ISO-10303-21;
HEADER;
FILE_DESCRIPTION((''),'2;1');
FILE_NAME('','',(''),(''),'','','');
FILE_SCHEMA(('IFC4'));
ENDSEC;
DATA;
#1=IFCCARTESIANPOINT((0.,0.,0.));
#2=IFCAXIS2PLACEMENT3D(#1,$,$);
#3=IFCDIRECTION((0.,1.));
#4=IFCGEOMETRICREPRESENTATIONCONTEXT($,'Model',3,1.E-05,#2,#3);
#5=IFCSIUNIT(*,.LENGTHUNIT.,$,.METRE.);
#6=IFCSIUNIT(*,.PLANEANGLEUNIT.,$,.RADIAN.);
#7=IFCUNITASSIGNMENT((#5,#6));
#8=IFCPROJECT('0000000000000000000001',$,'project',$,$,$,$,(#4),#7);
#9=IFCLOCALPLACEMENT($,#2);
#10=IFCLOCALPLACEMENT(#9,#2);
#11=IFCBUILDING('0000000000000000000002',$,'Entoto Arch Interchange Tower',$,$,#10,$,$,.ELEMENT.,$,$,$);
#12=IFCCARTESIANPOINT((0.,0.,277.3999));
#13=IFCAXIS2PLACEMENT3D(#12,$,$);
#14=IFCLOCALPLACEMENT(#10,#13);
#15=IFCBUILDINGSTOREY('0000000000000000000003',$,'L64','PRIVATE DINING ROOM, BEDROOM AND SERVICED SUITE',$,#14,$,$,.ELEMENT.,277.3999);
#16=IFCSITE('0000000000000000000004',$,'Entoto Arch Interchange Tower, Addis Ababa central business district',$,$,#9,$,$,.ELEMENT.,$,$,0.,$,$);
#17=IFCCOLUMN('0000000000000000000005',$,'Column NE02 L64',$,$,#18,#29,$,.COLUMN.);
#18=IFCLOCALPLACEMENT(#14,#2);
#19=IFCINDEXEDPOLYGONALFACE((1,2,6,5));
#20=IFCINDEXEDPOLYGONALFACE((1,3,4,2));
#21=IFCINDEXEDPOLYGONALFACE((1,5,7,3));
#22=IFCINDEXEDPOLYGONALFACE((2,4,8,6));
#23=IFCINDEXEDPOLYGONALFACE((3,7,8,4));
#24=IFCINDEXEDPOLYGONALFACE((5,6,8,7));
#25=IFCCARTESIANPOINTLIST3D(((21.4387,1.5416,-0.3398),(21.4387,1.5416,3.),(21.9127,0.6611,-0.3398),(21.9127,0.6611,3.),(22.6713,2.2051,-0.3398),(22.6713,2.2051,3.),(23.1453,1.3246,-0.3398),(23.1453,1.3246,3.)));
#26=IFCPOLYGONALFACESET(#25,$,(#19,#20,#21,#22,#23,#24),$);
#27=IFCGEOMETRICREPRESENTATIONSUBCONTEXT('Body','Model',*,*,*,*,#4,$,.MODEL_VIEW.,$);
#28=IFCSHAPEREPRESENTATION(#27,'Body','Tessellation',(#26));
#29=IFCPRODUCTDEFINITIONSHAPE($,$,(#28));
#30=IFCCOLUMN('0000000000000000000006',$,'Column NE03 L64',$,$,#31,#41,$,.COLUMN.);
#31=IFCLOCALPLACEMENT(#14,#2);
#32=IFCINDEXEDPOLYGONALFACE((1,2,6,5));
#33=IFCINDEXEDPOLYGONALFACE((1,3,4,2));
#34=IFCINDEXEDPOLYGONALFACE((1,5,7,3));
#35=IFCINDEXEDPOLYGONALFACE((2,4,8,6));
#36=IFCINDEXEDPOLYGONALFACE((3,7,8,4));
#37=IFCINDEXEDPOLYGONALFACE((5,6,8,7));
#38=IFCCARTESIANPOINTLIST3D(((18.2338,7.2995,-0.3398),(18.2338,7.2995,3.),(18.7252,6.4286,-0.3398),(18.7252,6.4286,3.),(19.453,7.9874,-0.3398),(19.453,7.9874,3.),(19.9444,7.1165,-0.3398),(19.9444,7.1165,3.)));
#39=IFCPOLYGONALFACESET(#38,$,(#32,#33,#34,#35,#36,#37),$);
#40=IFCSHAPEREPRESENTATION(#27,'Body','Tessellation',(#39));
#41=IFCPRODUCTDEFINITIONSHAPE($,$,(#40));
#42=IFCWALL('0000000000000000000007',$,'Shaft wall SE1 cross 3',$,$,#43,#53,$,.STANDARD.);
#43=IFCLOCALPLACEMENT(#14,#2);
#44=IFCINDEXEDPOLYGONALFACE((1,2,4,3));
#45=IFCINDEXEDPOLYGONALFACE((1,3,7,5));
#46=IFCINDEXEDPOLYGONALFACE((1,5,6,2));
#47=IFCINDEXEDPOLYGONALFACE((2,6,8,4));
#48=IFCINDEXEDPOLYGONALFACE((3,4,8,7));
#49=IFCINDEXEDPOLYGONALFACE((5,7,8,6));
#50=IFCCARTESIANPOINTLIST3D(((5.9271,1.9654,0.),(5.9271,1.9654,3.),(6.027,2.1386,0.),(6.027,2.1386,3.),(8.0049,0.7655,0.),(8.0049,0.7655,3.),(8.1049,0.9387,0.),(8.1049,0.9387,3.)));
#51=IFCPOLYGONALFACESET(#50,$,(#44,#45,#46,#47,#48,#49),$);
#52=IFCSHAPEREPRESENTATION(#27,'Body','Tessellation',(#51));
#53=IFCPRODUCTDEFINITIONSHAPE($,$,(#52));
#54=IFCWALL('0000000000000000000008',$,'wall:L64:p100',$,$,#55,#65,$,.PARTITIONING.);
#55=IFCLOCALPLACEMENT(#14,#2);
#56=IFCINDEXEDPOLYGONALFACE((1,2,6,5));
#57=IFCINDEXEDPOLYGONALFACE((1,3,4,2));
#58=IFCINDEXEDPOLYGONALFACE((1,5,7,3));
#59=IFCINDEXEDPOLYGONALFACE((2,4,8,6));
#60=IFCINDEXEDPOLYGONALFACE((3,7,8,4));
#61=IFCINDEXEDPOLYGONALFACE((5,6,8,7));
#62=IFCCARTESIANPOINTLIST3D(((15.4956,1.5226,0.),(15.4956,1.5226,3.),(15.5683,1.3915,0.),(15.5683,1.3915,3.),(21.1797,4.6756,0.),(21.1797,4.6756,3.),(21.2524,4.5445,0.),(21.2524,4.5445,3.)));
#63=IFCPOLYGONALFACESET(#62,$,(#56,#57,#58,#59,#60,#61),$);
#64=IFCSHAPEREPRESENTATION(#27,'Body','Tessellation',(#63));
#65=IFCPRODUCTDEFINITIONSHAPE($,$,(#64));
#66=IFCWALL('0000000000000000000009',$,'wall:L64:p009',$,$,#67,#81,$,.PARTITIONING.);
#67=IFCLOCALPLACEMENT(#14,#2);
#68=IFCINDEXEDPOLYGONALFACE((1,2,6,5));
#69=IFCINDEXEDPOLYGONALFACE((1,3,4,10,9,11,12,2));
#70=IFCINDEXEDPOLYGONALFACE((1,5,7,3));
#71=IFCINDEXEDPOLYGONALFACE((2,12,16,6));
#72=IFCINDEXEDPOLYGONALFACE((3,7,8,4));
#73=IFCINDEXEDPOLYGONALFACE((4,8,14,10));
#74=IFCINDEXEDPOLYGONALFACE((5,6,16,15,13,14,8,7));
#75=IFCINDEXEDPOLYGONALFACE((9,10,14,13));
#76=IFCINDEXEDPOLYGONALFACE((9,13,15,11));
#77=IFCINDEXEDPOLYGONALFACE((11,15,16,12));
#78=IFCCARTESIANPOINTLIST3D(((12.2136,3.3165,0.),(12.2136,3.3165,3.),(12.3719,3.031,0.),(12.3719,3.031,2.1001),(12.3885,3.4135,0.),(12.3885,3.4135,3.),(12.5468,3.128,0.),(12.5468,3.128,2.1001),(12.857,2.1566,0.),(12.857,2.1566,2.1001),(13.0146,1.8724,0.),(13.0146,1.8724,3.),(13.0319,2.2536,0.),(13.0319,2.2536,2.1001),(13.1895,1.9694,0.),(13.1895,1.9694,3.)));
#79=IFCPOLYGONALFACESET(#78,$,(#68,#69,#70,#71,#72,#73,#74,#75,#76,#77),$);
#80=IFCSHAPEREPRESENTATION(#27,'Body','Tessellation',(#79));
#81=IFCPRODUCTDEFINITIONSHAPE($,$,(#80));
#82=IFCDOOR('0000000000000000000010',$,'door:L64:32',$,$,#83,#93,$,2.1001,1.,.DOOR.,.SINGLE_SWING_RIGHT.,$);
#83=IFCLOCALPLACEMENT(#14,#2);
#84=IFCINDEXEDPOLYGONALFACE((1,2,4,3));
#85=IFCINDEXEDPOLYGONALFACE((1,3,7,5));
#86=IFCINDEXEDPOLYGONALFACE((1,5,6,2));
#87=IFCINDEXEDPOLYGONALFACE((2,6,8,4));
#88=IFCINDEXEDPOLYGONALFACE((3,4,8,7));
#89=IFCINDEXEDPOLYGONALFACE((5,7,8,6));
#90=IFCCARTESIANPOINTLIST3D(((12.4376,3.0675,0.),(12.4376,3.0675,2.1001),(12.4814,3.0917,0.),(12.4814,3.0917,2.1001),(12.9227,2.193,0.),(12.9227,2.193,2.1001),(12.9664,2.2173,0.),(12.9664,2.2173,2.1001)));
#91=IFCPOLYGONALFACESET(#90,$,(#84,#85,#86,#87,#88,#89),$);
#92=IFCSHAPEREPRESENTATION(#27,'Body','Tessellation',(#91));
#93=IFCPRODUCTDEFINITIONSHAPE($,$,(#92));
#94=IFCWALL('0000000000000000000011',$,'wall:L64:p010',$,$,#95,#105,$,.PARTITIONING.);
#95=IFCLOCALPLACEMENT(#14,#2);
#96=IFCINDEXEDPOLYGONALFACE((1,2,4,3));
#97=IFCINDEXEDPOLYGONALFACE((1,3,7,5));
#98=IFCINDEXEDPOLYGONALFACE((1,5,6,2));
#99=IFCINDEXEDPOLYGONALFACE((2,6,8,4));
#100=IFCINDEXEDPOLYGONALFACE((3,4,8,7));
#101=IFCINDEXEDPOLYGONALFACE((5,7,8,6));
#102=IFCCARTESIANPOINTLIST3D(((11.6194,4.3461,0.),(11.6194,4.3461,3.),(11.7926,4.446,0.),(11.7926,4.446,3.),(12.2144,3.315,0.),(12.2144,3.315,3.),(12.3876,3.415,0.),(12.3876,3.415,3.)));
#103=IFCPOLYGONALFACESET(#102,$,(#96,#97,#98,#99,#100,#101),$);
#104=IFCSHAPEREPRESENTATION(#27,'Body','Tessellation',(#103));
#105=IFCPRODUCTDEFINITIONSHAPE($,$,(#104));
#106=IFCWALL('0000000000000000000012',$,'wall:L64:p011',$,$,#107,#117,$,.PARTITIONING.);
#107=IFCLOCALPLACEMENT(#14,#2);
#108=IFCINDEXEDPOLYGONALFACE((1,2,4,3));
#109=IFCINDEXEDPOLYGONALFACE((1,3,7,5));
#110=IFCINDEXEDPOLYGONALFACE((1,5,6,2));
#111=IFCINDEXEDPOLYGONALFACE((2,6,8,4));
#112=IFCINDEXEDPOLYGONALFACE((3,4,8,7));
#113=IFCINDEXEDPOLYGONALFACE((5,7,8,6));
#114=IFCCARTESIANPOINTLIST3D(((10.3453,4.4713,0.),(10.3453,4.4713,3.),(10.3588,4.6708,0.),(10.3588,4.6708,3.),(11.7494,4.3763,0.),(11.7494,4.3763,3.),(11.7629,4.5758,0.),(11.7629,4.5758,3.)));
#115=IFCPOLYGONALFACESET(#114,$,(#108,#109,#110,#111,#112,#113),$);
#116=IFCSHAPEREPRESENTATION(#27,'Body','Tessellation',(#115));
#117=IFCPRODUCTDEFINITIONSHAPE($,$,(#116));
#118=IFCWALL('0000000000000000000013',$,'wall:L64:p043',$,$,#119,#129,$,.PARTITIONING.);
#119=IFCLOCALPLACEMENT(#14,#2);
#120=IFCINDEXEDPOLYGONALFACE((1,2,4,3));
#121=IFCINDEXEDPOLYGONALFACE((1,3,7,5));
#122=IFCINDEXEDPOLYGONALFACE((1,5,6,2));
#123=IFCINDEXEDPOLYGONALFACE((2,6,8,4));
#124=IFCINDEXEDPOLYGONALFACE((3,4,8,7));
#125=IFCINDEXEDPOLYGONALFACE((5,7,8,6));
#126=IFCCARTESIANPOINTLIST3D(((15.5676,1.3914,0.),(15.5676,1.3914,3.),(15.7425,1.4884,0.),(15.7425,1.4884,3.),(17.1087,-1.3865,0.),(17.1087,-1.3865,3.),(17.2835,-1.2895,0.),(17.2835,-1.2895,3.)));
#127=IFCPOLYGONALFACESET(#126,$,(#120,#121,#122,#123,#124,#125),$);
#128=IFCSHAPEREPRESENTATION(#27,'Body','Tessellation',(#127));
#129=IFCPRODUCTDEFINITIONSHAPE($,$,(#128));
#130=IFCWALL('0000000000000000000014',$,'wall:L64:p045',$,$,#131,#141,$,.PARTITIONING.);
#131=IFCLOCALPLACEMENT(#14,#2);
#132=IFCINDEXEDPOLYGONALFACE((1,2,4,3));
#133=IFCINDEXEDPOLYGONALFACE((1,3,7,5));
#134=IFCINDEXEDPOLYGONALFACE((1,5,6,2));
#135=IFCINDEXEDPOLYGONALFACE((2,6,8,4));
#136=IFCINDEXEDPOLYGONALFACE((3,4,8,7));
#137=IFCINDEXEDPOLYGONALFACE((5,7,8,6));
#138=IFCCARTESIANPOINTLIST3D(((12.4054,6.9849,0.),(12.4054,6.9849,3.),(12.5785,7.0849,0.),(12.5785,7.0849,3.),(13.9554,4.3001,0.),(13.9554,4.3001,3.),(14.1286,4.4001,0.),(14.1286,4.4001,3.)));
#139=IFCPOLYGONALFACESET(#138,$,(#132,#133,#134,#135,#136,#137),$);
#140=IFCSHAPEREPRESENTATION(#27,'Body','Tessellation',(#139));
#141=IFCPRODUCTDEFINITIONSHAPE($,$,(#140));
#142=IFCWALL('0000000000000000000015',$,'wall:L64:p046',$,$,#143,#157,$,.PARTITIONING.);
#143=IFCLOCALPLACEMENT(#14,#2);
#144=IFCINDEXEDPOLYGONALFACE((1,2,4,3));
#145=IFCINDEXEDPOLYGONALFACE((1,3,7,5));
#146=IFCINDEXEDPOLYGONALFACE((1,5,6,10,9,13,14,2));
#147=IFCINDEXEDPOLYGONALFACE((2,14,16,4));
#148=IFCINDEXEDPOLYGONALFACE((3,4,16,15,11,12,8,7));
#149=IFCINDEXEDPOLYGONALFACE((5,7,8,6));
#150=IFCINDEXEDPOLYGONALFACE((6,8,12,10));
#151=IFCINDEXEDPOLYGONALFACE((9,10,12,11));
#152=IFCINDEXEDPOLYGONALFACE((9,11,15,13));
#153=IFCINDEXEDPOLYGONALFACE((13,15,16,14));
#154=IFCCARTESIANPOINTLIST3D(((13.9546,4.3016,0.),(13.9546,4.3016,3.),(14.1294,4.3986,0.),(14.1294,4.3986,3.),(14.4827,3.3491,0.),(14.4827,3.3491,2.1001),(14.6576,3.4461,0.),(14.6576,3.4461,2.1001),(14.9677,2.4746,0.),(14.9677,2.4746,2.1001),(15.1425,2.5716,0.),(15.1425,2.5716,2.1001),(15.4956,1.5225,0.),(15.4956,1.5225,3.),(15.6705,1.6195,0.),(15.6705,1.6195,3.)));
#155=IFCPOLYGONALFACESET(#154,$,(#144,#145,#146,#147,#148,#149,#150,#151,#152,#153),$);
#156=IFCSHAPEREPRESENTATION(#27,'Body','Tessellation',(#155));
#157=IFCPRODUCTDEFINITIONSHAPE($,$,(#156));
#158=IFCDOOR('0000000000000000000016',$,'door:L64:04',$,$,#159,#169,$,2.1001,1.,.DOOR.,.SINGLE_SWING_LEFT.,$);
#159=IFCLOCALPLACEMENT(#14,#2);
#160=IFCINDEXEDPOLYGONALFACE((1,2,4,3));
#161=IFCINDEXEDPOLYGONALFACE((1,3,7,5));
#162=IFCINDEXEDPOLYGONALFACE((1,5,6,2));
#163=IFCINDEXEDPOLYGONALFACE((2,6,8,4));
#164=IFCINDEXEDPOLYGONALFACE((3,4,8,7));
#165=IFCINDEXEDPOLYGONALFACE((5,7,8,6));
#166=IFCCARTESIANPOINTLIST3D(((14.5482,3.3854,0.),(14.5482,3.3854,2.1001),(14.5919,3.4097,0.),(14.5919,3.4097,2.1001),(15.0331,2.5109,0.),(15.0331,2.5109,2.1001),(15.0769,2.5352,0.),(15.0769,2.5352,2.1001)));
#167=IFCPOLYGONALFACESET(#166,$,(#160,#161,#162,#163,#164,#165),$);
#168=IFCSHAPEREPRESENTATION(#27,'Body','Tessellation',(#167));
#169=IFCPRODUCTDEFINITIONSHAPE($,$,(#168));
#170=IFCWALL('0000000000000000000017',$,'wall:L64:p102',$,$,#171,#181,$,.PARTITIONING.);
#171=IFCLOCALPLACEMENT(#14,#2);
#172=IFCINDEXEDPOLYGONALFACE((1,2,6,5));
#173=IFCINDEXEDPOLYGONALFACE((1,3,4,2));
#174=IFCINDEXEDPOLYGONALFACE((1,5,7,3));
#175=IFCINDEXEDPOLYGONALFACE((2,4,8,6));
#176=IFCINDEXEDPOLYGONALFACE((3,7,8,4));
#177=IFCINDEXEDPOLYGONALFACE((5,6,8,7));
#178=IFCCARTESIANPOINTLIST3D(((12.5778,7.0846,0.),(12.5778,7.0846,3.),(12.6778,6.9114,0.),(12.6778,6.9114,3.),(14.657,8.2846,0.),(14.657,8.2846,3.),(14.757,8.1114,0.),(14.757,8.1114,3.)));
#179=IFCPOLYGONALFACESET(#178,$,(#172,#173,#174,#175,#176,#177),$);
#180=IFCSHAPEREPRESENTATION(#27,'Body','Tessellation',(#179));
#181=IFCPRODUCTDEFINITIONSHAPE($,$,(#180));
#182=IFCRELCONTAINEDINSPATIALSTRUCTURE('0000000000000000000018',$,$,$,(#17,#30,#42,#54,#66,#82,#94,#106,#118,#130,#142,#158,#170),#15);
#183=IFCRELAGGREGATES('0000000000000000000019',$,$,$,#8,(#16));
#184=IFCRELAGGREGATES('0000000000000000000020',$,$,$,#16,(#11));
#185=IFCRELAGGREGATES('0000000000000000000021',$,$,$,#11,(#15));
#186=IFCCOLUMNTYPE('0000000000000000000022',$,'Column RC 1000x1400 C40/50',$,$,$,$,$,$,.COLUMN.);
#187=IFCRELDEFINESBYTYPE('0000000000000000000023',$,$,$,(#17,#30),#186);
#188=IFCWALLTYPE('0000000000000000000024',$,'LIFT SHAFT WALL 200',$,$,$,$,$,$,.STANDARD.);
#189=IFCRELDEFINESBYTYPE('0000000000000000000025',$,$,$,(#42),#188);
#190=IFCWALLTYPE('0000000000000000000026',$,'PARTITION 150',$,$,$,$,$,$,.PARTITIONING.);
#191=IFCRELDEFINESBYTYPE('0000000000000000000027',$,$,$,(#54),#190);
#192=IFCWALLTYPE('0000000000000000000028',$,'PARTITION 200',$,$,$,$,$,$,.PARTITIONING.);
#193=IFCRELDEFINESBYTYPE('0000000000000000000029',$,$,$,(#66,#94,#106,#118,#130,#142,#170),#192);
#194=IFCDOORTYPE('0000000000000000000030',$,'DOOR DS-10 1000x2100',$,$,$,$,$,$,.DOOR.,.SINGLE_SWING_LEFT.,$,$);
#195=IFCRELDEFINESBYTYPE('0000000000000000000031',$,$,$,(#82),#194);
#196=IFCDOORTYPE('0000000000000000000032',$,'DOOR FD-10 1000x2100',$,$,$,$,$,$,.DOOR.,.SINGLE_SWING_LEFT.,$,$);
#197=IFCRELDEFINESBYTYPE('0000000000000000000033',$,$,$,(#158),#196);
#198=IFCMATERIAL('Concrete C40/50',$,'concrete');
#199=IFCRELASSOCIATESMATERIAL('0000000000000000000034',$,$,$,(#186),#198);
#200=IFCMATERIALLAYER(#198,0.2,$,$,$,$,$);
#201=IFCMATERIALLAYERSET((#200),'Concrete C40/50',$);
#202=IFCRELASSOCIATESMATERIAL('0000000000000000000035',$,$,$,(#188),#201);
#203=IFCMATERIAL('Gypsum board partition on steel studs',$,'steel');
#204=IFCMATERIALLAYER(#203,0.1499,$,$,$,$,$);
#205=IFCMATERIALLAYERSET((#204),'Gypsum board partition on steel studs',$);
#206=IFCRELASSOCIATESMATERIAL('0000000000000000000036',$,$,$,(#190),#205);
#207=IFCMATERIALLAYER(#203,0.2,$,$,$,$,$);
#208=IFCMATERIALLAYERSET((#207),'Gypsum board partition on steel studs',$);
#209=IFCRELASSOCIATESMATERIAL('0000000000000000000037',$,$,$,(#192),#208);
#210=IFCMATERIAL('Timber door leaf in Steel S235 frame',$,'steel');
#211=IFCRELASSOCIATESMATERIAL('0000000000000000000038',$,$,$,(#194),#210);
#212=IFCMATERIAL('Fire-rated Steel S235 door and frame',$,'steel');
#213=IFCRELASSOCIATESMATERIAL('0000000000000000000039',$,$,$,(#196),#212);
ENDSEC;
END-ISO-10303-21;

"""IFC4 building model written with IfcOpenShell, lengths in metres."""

from ifc_helpers import new_model, si_unit, direction, frame, frame_2d, origin, origin_2d, place, context, subcontext, project, spatial, rectangle, extrude, material, layer, layer_set, material_profile, profile_set, type_object, element, fill, save


model = new_model("IFC4")

# Units and contexts
model_context = context("Model", 3, precision=1e-05, world=origin(), true_north=direction((0.0, 1.0)))
body_context = subcontext(model_context, "Body", "Model", "MODEL_VIEW")
ifc_project = project(units=[si_unit("LENGTHUNIT", "METRE"), si_unit("PLANEANGLEUNIT", "RADIAN")], contexts=[model_context])

# Site, building, storey
site_placement = place(None, origin())
site = spatial("IfcSite", under=ifc_project, at=site_placement, Name="Entoto Arch Interchange Tower, Addis Ababa central business district", CompositionType="ELEMENT", RefElevation=0.0)
building_placement = place(site_placement, origin())
building = spatial("IfcBuilding", under=site, at=building_placement, Name="Entoto Arch Interchange Tower", CompositionType="ELEMENT")
storey_placement = place(building_placement, frame((0.0, 0.0, 277.3999)))
storey = spatial("IfcBuildingStorey", under=building, at=storey_placement, Name="L64", Description="PRIVATE DINING ROOM, BEDROOM AND SERVICED SUITE", CompositionType="ELEMENT", Elevation=277.3999)

# Columns
ifc_material_1 = material(Name="Concrete C40/50", Category="concrete")
ifc_material_profile = material_profile(ifc_material_1, rectangle(XDim=1.0, YDim=1.3999, at=origin_2d()))
ifc_profile_set = profile_set([ifc_material_profile], Name="Concrete C40/50")
column_type = type_object("IfcColumnType", Name="Column RC 1000x1400 C40/50", PredefinedType="COLUMN", material=ifc_profile_set)
for number, where, z_axis, x_axis, name in (
    (1, (22.292, 1.4331, -0.3398), (0.0, 0.0, 1.0), (-0.473981, 0.880535, 0.0), "Column NE02 L64"),
    (2, (19.0891, 7.208, -0.3398), (0.0, 0.0, 1.0), (-0.491375, 0.870948, 0.0), "Column NE03 L64"),
):
    element("IfcColumn", number, at=place(storey_placement, frame(where, z_axis=z_axis, x_axis=x_axis)), inside=storey, type_object=column_type, Name=name, PredefinedType="COLUMN", context=body_context, shape_type="SweptSolid", body=[
        extrude(rectangle(XDim=1.0, YDim=1.3999, at=origin_2d()), origin(), (0.0, 0.0, 1.0), 3.3398),
    ])

# Walls
ifc_layer_1 = layer(ifc_material_1, 0.2)
ifc_layer_set_1 = layer_set([ifc_layer_1], Name="Concrete C40/50")
wall_type_1 = type_object("IfcWallType", Name="LIFT SHAFT WALL 200", PredefinedType="STANDARD", material=ifc_layer_set_1)
wall_1_placement = place(storey_placement, frame((5.9771, 2.052, 0.0), z_axis=(0.0, 0.0, 1.0), x_axis=(0.865974, -0.500089, 0.0)))
element("IfcWall", 3, at=wall_1_placement, inside=storey, type_object=wall_type_1, Name="Shaft wall SE1 cross 3", PredefinedType="STANDARD", context=body_context, shape_type="SweptSolid", body=[
    extrude(rectangle(XDim=2.3994, YDim=0.2, at=frame_2d((1.1997, 0.0))), origin(), (0.0, 0.0, 1.0), 3.0),
])
ifc_material_2 = material(Name="Gypsum board partition on steel studs", Category="steel")
ifc_layer_2 = layer(ifc_material_2, 0.1499)
ifc_layer_set_2 = layer_set([ifc_layer_2], Name="Gypsum board partition on steel studs")
wall_type_2 = type_object("IfcWallType", Name="PARTITION 150", PredefinedType="PARTITIONING", material=ifc_layer_set_2)
wall_2_placement = place(storey_placement, frame((15.532, 1.457, 0.0), z_axis=(0.0, 0.0, 1.0), x_axis=(0.874467, 0.485085, 0.0)))
element("IfcWall", 4, at=wall_2_placement, inside=storey, type_object=wall_type_2, Name="wall:L64:p100", PredefinedType="PARTITIONING", context=body_context, shape_type="SweptSolid", body=[
    extrude(rectangle(XDim=6.5, YDim=0.1499, at=frame_2d((3.25, 0.0))), origin(), (0.0, 0.0, 1.0), 3.0),
])

# Wall, opening, door
ifc_layer_3 = layer(ifc_material_2, 0.2)
ifc_layer_set_3 = layer_set([ifc_layer_3], Name="Gypsum board partition on steel studs")
wall_type_3 = type_object("IfcWallType", Name="PARTITION 200", PredefinedType="PARTITIONING", material=ifc_layer_set_3)
wall_3_placement = place(storey_placement, frame((13.1021, 1.9209, 0.0), z_axis=(0.0, 0.0, 1.0), x_axis=(-0.485065, 0.874478, 0.0)))
wall_3 = element("IfcWall", 5, at=wall_3_placement, inside=storey, type_object=wall_type_3, Name="wall:L64:p009", PredefinedType="PARTITIONING", context=body_context, shape_type="SweptSolid", body=[
    extrude(rectangle(XDim=1.6514, YDim=0.2, at=frame_2d((0.8257, 0.0))), origin(), (0.0, 0.0, 1.0), 3.0),
])
opening_1_placement = place(wall_3_placement, frame((0.325, 0.0, 0.0)))
opening_1 = element("IfcOpeningElement", 6, at=opening_1_placement, cuts=wall_3, PredefinedType="OPENING", context=body_context, shape_type="SweptSolid", body=[
    extrude(rectangle(XDim=1.0, YDim=2.1001, at=frame_2d((0.5, 1.05))), frame((0.0, 0.1099, 0.0), z_axis=(0.0, -1.0, 0.0), x_axis=(1.0, 0.0, 0.0)), (0.0, 0.0, 1.0), 0.22),
])
ifc_material_3 = material(Name="Timber door leaf in Steel S235 frame", Category="steel")
door_type_1 = type_object("IfcDoorType", Name="DOOR DS-10 1000x2100", OperationType="SINGLE_SWING_LEFT", PredefinedType="DOOR", material=ifc_material_3)
door_1_placement = place(opening_1_placement, origin())
door_1 = element("IfcDoor", 7, at=door_1_placement, inside=storey, type_object=door_type_1, Name="door:L64:32", OperationType="SINGLE_SWING_RIGHT", OverallHeight=2.1001, OverallWidth=1.0, PredefinedType="DOOR", context=body_context, shape_type="SweptSolid", body=[
    extrude(rectangle(XDim=1.0, YDim=2.1001, at=frame_2d((0.5, 1.05))), frame((0.0, 0.0249, 0.0), z_axis=(0.0, -1.0, 0.0), x_axis=(1.0, 0.0, 0.0)), (0.0, 0.0, 1.0), 0.05),
])
fill(opening_1, door_1)

# Walls
wall_4_placement = place(storey_placement, frame((12.301, 3.365, 0.0), z_axis=(0.0, 0.0, 1.0), x_axis=(-0.499823, 0.866128, 0.0)))
element("IfcWall", 8, at=wall_4_placement, inside=storey, type_object=wall_type_3, Name="wall:L64:p010", PredefinedType="PARTITIONING", context=body_context, shape_type="SweptSolid", body=[
    extrude(rectangle(XDim=1.1904, YDim=0.2, at=frame_2d((0.5952, 0.0))), origin(), (0.0, 0.0, 1.0), 3.0),
])
wall_5_placement = place(storey_placement, frame((11.7561, 4.4761, 0.0), z_axis=(0.0, 0.0, 1.0), x_axis=(-0.99772, 0.067486, 0.0)))
element("IfcWall", 9, at=wall_5_placement, inside=storey, type_object=wall_type_3, Name="wall:L64:p011", PredefinedType="PARTITIONING", context=body_context, shape_type="SweptSolid", body=[
    extrude(rectangle(XDim=1.4072, YDim=0.2, at=frame_2d((0.7036, 0.0))), origin(), (0.0, 0.0, 1.0), 3.0),
])
wall_6_placement = place(storey_placement, frame((15.655, 1.4399, 0.0), z_axis=(0.0, 0.0, 1.0), x_axis=(0.485108, -0.874454, 0.0)))
element("IfcWall", 10, at=wall_6_placement, inside=storey, type_object=wall_type_3, Name="wall:L64:p043", PredefinedType="PARTITIONING", context=body_context, shape_type="SweptSolid", body=[
    extrude(rectangle(XDim=3.1768, YDim=0.2, at=frame_2d((1.5884, 0.0))), origin(), (0.0, 0.0, 1.0), 3.0),
])
wall_7_placement = place(storey_placement, frame((12.4919, 7.0349, 0.0), z_axis=(0.0, 0.0, 1.0), x_axis=(0.499993, -0.86603, 0.0)))
element("IfcWall", 11, at=wall_7_placement, inside=storey, type_object=wall_type_3, Name="wall:L64:p045", PredefinedType="PARTITIONING", context=body_context, shape_type="SweptSolid", body=[
    extrude(rectangle(XDim=3.1001, YDim=0.2, at=frame_2d((1.55, 0.0))), origin(), (0.0, 0.0, 1.0), 3.0),
])

# Wall, opening, door
wall_8_placement = place(storey_placement, frame((14.042, 4.3501, 0.0), z_axis=(0.0, 0.0, 1.0), x_axis=(0.484945, -0.874545, 0.0)))
wall_8 = element("IfcWall", 12, at=wall_8_placement, inside=storey, type_object=wall_type_3, Name="wall:L64:p046", PredefinedType="PARTITIONING", context=body_context, shape_type="SweptSolid", body=[
    extrude(rectangle(XDim=3.1777, YDim=0.2, at=frame_2d((1.5889, 0.0))), origin(), (0.0, 0.0, 1.0), 3.0),
])
opening_2_placement = place(wall_8_placement, frame((1.0891, 0.0, 0.0)))
opening_2 = element("IfcOpeningElement", 13, at=opening_2_placement, cuts=wall_8, PredefinedType="OPENING", context=body_context, shape_type="SweptSolid", body=[
    extrude(rectangle(XDim=1.0, YDim=2.1001, at=frame_2d((0.5, 1.05))), frame((0.0, 0.1099, 0.0), z_axis=(0.0, -1.0, 0.0), x_axis=(1.0, 0.0, 0.0)), (0.0, 0.0, 1.0), 0.22),
])
ifc_material_4 = material(Name="Fire-rated Steel S235 door and frame", Category="steel")
door_type_2 = type_object("IfcDoorType", Name="DOOR FD-10 1000x2100", OperationType="SINGLE_SWING_LEFT", PredefinedType="DOOR", material=ifc_material_4)
door_2_placement = place(opening_2_placement, origin())
door_2 = element("IfcDoor", 14, at=door_2_placement, inside=storey, type_object=door_type_2, Name="door:L64:04", OperationType="SINGLE_SWING_LEFT", OverallHeight=2.1001, OverallWidth=1.0, PredefinedType="DOOR", context=body_context, shape_type="SweptSolid", body=[
    extrude(rectangle(XDim=1.0, YDim=2.1001, at=frame_2d((0.5, 1.05))), frame((0.0, 0.0249, 0.0), z_axis=(0.0, -1.0, 0.0), x_axis=(1.0, 0.0, 0.0)), (0.0, 0.0, 1.0), 0.05),
])
fill(opening_2, door_2)

# Wall
wall_9_placement = place(storey_placement, frame((12.6279, 6.998, 0.0), z_axis=(0.0, 0.0, 1.0), x_axis=(0.866101, 0.499869, 0.0)))
element("IfcWall", 15, at=wall_9_placement, inside=storey, type_object=wall_type_3, Name="wall:L64:p102", PredefinedType="PARTITIONING", context=body_context, shape_type="SweptSolid", body=[
    extrude(rectangle(XDim=2.4006, YDim=0.2, at=frame_2d((1.2002, 0.0))), origin(), (0.0, 0.0, 1.0), 3.0),
])

save(model, "model.ifc")
